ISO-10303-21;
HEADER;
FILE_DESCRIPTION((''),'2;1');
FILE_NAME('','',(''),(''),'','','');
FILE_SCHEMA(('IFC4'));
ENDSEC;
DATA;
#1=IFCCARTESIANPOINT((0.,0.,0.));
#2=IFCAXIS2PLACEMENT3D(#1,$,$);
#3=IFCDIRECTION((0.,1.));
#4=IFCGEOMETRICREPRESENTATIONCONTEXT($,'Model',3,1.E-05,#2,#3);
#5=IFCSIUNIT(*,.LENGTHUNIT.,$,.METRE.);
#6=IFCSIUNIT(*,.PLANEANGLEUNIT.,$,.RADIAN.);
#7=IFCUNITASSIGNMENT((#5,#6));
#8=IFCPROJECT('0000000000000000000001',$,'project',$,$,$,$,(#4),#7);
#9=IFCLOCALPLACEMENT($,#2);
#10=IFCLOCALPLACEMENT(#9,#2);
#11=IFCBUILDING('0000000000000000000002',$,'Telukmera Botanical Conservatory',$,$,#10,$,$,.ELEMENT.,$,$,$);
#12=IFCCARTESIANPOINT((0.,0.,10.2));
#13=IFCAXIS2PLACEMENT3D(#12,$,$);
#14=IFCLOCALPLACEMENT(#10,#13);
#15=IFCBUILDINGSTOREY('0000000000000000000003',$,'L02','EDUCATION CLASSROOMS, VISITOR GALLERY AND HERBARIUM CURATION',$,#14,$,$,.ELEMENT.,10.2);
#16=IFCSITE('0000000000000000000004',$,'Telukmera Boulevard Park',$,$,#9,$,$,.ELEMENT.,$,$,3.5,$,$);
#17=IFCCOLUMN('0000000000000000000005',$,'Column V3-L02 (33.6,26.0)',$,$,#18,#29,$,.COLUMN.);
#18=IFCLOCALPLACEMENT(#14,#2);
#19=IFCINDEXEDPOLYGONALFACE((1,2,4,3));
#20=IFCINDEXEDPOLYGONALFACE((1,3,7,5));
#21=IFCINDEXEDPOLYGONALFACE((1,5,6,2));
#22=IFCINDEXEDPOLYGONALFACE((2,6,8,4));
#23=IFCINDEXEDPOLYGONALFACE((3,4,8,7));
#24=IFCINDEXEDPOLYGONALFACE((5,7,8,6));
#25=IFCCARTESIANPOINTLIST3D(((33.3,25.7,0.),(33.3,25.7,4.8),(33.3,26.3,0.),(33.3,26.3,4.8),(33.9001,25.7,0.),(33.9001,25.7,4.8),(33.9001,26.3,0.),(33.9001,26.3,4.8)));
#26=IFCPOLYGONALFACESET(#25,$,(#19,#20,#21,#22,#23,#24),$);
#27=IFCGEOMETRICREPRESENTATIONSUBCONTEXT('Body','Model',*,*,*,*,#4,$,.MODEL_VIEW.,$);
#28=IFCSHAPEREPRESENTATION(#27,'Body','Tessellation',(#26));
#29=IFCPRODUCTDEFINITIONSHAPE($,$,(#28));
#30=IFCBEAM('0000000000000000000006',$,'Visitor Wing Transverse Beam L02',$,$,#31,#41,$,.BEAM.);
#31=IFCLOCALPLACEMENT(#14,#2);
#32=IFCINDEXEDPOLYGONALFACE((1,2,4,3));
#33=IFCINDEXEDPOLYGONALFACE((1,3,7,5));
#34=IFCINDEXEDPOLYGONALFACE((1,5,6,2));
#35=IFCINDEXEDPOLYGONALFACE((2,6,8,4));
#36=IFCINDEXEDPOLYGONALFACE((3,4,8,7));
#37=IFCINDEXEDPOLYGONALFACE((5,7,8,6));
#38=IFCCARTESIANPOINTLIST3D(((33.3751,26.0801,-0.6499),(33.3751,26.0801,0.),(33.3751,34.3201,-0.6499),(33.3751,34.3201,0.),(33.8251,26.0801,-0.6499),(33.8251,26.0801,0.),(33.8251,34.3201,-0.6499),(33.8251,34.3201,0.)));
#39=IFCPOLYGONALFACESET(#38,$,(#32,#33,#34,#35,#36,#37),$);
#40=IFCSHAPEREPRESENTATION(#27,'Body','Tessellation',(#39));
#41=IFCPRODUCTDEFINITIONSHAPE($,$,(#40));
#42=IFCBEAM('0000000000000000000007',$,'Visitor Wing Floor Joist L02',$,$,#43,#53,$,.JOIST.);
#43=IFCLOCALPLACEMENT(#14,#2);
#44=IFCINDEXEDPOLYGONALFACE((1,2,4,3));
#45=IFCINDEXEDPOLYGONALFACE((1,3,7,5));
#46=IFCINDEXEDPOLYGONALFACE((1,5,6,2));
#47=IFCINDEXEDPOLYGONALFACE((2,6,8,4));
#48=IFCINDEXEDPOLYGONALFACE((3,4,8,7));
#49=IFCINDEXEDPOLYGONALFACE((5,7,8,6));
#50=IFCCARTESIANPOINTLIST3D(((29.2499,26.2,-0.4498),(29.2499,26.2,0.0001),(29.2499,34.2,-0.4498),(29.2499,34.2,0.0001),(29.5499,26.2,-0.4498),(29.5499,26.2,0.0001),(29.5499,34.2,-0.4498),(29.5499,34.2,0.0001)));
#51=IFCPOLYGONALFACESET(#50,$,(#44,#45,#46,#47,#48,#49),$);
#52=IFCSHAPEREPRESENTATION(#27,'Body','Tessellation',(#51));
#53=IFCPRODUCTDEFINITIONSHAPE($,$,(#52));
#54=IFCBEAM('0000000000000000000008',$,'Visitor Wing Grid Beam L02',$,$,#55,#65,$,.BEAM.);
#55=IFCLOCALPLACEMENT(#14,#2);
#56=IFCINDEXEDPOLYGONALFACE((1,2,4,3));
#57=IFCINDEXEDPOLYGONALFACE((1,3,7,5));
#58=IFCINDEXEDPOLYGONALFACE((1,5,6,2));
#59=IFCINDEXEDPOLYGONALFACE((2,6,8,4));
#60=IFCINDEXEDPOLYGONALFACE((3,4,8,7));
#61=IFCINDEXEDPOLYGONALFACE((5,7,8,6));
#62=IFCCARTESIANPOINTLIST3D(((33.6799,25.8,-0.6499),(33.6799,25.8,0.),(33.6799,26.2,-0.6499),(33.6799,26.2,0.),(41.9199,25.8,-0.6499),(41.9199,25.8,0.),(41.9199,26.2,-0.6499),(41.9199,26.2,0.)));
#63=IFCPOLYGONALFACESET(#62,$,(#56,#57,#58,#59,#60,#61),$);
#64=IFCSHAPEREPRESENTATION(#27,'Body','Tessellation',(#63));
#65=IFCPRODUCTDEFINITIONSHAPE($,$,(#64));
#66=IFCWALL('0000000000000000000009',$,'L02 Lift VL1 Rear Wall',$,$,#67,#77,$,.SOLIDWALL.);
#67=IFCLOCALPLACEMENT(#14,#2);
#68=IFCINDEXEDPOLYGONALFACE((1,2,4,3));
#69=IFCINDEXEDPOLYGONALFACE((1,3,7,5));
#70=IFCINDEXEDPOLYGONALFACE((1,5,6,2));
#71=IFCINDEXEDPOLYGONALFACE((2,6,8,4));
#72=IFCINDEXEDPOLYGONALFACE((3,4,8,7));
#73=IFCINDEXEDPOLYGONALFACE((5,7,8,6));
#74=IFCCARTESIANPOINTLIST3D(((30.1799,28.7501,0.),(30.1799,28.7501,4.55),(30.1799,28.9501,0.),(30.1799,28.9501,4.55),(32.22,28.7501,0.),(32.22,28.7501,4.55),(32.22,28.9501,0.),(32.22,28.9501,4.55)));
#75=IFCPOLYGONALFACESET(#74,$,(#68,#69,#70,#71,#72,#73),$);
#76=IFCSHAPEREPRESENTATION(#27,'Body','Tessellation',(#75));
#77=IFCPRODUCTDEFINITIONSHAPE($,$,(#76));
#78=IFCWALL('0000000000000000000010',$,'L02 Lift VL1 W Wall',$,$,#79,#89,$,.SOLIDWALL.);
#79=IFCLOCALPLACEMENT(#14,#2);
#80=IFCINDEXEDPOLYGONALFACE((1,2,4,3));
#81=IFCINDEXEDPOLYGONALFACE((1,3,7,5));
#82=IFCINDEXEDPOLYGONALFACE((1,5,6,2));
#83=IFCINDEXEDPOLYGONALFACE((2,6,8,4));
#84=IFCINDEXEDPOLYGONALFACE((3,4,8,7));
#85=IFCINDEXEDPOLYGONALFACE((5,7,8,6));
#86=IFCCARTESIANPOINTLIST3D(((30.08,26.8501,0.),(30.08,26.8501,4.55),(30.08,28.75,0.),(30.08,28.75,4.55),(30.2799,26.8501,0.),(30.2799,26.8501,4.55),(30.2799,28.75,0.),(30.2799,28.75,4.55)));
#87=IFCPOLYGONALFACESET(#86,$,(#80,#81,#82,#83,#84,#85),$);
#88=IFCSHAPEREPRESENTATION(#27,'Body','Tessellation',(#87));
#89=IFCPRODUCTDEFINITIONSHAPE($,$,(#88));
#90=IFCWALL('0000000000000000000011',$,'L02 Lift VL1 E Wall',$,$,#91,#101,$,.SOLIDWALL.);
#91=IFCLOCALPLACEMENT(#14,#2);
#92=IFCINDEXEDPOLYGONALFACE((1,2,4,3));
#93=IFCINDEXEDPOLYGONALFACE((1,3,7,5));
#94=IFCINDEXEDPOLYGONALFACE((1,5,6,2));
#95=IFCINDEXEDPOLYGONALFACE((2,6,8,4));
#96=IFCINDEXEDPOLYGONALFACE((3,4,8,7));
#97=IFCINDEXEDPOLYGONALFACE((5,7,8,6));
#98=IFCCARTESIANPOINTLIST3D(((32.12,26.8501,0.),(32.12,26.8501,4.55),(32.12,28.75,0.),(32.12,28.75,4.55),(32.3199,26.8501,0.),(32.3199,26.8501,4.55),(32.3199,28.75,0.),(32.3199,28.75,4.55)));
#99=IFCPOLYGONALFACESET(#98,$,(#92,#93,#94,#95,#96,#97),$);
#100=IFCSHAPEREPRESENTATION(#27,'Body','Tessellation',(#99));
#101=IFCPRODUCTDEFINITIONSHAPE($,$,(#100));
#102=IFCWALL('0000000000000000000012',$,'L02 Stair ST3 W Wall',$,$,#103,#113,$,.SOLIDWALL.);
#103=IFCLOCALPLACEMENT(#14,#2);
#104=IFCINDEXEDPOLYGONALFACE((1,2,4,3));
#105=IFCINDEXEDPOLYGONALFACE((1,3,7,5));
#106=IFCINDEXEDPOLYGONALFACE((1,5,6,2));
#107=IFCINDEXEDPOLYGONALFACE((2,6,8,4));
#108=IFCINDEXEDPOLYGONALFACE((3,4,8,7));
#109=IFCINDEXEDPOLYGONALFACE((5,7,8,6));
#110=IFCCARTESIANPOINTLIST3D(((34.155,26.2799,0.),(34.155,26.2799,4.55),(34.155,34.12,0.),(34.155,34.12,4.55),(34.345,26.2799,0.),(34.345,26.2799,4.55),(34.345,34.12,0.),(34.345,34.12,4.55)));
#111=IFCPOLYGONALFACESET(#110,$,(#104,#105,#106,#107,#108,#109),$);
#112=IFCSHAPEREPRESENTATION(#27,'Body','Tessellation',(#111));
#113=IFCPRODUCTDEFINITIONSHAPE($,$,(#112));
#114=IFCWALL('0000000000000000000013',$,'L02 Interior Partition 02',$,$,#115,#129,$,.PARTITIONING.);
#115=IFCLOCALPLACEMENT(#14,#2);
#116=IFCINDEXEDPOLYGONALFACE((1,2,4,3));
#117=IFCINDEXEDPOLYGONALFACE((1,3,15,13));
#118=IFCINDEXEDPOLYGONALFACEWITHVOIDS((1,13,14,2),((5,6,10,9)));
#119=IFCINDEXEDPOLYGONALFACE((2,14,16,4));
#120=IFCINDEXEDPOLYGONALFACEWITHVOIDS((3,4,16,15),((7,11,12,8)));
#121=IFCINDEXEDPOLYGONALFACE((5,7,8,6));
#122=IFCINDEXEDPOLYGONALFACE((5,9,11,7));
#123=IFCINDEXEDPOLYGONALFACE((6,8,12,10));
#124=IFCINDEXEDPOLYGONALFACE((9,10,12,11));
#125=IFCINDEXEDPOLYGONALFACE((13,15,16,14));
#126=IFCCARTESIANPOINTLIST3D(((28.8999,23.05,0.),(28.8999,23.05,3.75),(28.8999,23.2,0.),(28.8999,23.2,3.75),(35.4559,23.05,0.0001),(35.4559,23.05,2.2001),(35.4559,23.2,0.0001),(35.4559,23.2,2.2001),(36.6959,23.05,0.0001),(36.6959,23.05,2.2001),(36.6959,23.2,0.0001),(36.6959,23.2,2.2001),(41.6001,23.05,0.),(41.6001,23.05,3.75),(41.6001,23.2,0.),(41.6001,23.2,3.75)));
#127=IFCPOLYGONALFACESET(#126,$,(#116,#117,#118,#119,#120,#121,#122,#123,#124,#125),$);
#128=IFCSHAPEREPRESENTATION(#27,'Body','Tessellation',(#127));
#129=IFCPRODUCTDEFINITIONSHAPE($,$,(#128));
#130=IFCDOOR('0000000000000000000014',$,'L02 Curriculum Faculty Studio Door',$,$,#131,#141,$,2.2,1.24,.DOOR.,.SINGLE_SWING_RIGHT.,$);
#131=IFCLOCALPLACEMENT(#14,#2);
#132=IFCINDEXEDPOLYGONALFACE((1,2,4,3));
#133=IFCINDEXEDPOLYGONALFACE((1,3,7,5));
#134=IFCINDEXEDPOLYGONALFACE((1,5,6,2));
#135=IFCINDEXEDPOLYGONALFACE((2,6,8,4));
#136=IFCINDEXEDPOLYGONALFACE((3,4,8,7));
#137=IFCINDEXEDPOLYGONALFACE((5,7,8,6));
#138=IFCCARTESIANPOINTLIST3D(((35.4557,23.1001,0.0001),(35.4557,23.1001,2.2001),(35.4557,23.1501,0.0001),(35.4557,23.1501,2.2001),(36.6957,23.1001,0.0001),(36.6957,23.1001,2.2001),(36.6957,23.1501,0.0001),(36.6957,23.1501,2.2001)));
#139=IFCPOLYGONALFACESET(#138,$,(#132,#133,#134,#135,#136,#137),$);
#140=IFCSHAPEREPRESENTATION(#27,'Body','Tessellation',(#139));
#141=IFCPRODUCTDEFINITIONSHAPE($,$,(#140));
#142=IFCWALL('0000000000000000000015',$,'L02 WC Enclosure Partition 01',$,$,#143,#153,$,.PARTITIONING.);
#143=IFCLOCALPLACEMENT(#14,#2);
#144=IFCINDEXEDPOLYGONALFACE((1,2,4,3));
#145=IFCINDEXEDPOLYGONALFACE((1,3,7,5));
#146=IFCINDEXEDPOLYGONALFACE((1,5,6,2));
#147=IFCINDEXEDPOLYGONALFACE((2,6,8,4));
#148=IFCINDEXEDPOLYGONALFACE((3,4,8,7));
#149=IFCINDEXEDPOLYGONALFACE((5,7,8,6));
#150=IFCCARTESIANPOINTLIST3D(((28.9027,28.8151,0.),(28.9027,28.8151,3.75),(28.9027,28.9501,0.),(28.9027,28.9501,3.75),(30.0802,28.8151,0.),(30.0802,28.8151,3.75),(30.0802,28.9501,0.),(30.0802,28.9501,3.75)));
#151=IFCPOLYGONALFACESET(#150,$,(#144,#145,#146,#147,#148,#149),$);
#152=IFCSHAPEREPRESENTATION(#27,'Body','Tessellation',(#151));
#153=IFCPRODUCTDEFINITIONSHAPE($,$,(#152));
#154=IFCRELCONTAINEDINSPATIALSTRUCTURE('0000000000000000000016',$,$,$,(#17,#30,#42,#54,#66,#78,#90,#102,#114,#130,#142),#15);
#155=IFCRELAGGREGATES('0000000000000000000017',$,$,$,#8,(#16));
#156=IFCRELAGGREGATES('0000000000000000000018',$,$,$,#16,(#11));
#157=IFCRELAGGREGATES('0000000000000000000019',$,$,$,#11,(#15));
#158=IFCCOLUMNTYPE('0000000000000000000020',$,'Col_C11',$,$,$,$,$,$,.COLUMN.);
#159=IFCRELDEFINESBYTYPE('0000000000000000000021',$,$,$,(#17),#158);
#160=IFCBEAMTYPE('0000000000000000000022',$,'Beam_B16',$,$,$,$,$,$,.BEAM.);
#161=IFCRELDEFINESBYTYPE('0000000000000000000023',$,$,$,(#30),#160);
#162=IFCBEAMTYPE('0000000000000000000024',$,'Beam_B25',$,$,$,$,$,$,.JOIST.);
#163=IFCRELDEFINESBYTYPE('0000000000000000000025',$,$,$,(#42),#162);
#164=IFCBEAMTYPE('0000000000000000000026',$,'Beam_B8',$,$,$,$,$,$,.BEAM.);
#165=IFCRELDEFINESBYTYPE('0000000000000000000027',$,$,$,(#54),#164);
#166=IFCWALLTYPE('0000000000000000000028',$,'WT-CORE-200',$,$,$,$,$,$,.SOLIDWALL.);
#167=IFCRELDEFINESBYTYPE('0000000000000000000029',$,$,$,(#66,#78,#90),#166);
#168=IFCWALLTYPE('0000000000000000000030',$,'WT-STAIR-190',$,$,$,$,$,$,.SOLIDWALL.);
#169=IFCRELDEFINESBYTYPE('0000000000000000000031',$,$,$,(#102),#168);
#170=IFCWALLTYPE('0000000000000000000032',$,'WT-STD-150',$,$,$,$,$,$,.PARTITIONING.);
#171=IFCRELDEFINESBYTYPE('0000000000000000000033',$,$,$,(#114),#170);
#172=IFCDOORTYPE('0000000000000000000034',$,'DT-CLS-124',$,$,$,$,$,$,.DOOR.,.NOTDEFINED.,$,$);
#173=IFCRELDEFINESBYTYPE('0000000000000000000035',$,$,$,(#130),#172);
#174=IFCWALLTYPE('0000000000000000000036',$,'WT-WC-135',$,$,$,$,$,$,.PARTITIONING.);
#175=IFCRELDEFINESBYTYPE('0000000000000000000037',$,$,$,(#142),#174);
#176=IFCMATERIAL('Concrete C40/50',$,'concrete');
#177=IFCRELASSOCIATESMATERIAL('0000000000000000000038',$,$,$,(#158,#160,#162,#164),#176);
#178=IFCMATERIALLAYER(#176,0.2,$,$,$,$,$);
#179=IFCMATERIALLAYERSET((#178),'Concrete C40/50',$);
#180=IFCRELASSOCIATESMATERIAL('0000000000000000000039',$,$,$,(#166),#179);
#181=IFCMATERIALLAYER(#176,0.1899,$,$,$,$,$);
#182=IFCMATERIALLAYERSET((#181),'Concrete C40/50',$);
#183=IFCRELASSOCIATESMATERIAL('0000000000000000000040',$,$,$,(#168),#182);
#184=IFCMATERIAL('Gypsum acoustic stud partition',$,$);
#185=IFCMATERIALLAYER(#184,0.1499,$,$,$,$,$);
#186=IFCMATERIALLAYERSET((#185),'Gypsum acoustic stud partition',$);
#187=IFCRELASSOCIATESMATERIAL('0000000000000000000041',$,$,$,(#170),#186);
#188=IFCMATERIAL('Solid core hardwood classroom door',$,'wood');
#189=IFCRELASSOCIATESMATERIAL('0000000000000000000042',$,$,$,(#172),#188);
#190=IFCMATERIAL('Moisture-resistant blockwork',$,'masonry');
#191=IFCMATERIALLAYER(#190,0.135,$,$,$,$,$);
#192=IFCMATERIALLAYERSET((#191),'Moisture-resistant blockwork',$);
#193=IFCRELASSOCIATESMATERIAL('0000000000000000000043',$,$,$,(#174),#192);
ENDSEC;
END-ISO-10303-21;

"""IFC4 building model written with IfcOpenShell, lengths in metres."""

from ifc_helpers import new_model, si_unit, direction, frame, frame_2d, origin, origin_2d, place, context, subcontext, project, spatial, rectangle, extrude, material, layer, layer_set, material_profile, profile_set, type_object, element, fill, save


model = new_model("IFC4")

# Units and contexts
model_context = context("Model", 3, precision=1e-05, world=origin(), true_north=direction((0.0, 1.0)))
body_context = subcontext(model_context, "Body", "Model", "MODEL_VIEW")
ifc_project = project(units=[si_unit("LENGTHUNIT", "METRE"), si_unit("PLANEANGLEUNIT", "RADIAN")], contexts=[model_context])

# Site, building, storey
site_placement = place(None, origin())
site = spatial("IfcSite", under=ifc_project, at=site_placement, Name="Telukmera Boulevard Park", CompositionType="ELEMENT", RefElevation=3.5)
building_placement = place(site_placement, origin())
building = spatial("IfcBuilding", under=site, at=building_placement, Name="Telukmera Botanical Conservatory", CompositionType="ELEMENT")
storey_placement = place(building_placement, frame((0.0, 0.0, 10.2)))
storey = spatial("IfcBuildingStorey", under=building, at=storey_placement, Name="L02", Description="EDUCATION CLASSROOMS, VISITOR GALLERY AND HERBARIUM CURATION", CompositionType="ELEMENT", Elevation=10.2)

# Column
ifc_material_1 = material(Name="Concrete C40/50", Category="concrete")
ifc_material_profile_1 = material_profile(ifc_material_1, rectangle(XDim=0.6001, YDim=0.6001, at=origin_2d()), Name="RC 600x600")
ifc_profile_set_1 = profile_set([ifc_material_profile_1], Name="Concrete C40/50")
column_type = type_object("IfcColumnType", Name="Col_C11", PredefinedType="COLUMN", material=ifc_profile_set_1)
column_placement = place(storey_placement, frame((33.6001, 26.0, 0.0), z_axis=(0.0, 0.0, 1.0), x_axis=(1.0, 0.0, 0.0)))
element("IfcColumn", 1, at=column_placement, inside=storey, type_object=column_type, Name="Column V3-L02 (33.6,26.0)", PredefinedType="COLUMN", context=body_context, shape_type="SweptSolid", body=[
    extrude(rectangle(XDim=0.6001, YDim=0.6001, at=origin_2d()), origin(), (0.0, 0.0, 1.0), 4.8),
])

# Beams
ifc_material_profile_2 = material_profile(ifc_material_1, rectangle(XDim=0.45, YDim=0.6499, at=origin_2d()), Name="RC 450x650")
ifc_profile_set_2 = profile_set([ifc_material_profile_2], Name="Concrete C40/50")
beam_type_1 = type_object("IfcBeamType", Name="Beam_B16", PredefinedType="BEAM", material=ifc_profile_set_2)
beam_1_placement = place(storey_placement, frame((33.6001, 26.0801, -0.325), z_axis=(0.0, 1.0, 0.0), x_axis=(-1.0, 0.0, 0.0)))
element("IfcBeam", 2, at=beam_1_placement, inside=storey, type_object=beam_type_1, Name="Visitor Wing Transverse Beam L02", PredefinedType="BEAM", context=body_context, shape_type="SweptSolid", body=[
    extrude(rectangle(XDim=0.45, YDim=0.6499, at=origin_2d()), origin(), (0.0, 0.0, 1.0), 8.24),
])
ifc_material_profile_3 = material_profile(ifc_material_1, rectangle(XDim=0.3, YDim=0.45, at=origin_2d()), Name="RC 300x450")
ifc_profile_set_3 = profile_set([ifc_material_profile_3], Name="Concrete C40/50")
beam_type_2 = type_object("IfcBeamType", Name="Beam_B25", PredefinedType="JOIST", material=ifc_profile_set_3)
beam_2_placement = place(storey_placement, frame((29.3999, 26.2, -0.2249), z_axis=(0.0, 1.0, 0.0), x_axis=(-1.0, 0.0, 0.0)))
element("IfcBeam", 3, at=beam_2_placement, inside=storey, type_object=beam_type_2, Name="Visitor Wing Floor Joist L02", PredefinedType="JOIST", context=body_context, shape_type="SweptSolid", body=[
    extrude(rectangle(XDim=0.3, YDim=0.45, at=origin_2d()), origin(), (0.0, 0.0, 1.0), 8.0),
])
ifc_material_profile_4 = material_profile(ifc_material_1, rectangle(XDim=0.3999, YDim=0.6499, at=origin_2d()), Name="RC 400x650")
ifc_profile_set_4 = profile_set([ifc_material_profile_4], Name="Concrete C40/50")
beam_type_3 = type_object("IfcBeamType", Name="Beam_B8", PredefinedType="BEAM", material=ifc_profile_set_4)
beam_3_placement = place(storey_placement, frame((33.6799, 26.0, -0.325), z_axis=(1.0, 0.0, 0.0), x_axis=(0.0, 1.0, 0.0)))
element("IfcBeam", 4, at=beam_3_placement, inside=storey, type_object=beam_type_3, Name="Visitor Wing Grid Beam L02", PredefinedType="BEAM", context=body_context, shape_type="SweptSolid", body=[
    extrude(rectangle(XDim=0.3999, YDim=0.6499, at=origin_2d()), origin(), (0.0, 0.0, 1.0), 8.24),
])

# Shared definitions
ifc_layer_1 = layer(ifc_material_1, 0.2)
ifc_layer_set_1 = layer_set([ifc_layer_1], Name="Concrete C40/50")
wall_type_1 = type_object("IfcWallType", Name="WT-CORE-200", PredefinedType="SOLIDWALL", material=ifc_layer_set_1)

# Walls
wall_1_placement = place(storey_placement, frame((30.1799, 28.8501, 0.0), z_axis=(0.0, 0.0, 1.0), x_axis=(1.0, 0.0, 0.0)))
element("IfcWall", 5, at=wall_1_placement, inside=storey, type_object=wall_type_1, Name="L02 Lift VL1 Rear Wall", PredefinedType="SOLIDWALL", context=body_context, shape_type="SweptSolid", body=[
    extrude(rectangle(XDim=2.04, YDim=0.2, at=frame_2d((1.02, 0.0))), origin(), (0.0, 0.0, 1.0), 4.55),
])
for number, where, z_axis, x_axis, name in (
    (6, (30.1799, 26.8501, 0.0), (0.0, 0.0, 1.0), (0.0, 1.0, 0.0), "L02 Lift VL1 W Wall"),
    (7, (32.22, 26.8501, 0.0), (0.0, 0.0, 1.0), (0.0, 1.0, 0.0), "L02 Lift VL1 E Wall"),
):
    element("IfcWall", number, at=place(storey_placement, frame(where, z_axis=z_axis, x_axis=x_axis)), inside=storey, type_object=wall_type_1, Name=name, PredefinedType="SOLIDWALL", context=body_context, shape_type="SweptSolid", body=[
        extrude(rectangle(XDim=1.8999, YDim=0.2, at=frame_2d((0.95, 0.0))), origin(), (0.0, 0.0, 1.0), 4.55),
    ])

# Shared definitions
ifc_layer_2 = layer(ifc_material_1, 0.1899)
ifc_layer_set_2 = layer_set([ifc_layer_2], Name="Concrete C40/50")
wall_type_2 = type_object("IfcWallType", Name="WT-STAIR-190", PredefinedType="SOLIDWALL", material=ifc_layer_set_2)

# Wall
wall_2_placement = place(storey_placement, frame((34.25, 26.28, 0.0), z_axis=(0.0, 0.0, 1.0), x_axis=(0.0, 1.0, 0.0)))
element("IfcWall", 8, at=wall_2_placement, inside=storey, type_object=wall_type_2, Name="L02 Stair ST3 W Wall", PredefinedType="SOLIDWALL", context=body_context, shape_type="SweptSolid", body=[
    extrude(rectangle(XDim=7.8401, YDim=0.1899, at=frame_2d((3.9199, 0.0))), origin(), (0.0, 0.0, 1.0), 4.55),
])

# Wall, opening, door
ifc_material_2 = material(Name="Gypsum acoustic stud partition")
ifc_layer_3 = layer(ifc_material_2, 0.1499)
ifc_layer_set_3 = layer_set([ifc_layer_3], Name="Gypsum acoustic stud partition")
wall_type_3 = type_object("IfcWallType", Name="WT-STD-150", PredefinedType="PARTITIONING", material=ifc_layer_set_3)
wall_3_placement = place(storey_placement, frame((28.8999, 23.125, 0.0), z_axis=(0.0, 0.0, 1.0), x_axis=(1.0, 0.0, 0.0)))
wall_3 = element("IfcWall", 9, at=wall_3_placement, inside=storey, type_object=wall_type_3, Name="L02 Interior Partition 02", PredefinedType="PARTITIONING", context=body_context, shape_type="SweptSolid", body=[
    extrude(rectangle(XDim=12.7002, YDim=0.1499, at=frame_2d((6.3501, 0.0))), origin(), (0.0, 0.0, 1.0), 3.75),
])
opening_1_placement = place(wall_3_placement, frame((6.5559, 0.0, 0.0)))
opening_1 = element("IfcOpeningElement", 10, at=opening_1_placement, cuts=wall_3, PredefinedType="OPENING", context=body_context, shape_type="SweptSolid", body=[
    extrude(rectangle(XDim=1.24, YDim=2.2, at=frame_2d((0.6201, 1.1001))), frame((0.0, 0.085, 0.0), z_axis=(0.0, -1.0, 0.0), x_axis=(1.0, 0.0, 0.0)), (0.0, 0.0, 1.0), 0.1699),
])
ifc_material_3 = material(Name="Solid core hardwood classroom door", Category="wood")
door_type_1 = type_object("IfcDoorType", Name="DT-CLS-124", OperationType="NOTDEFINED", PredefinedType="DOOR", material=ifc_material_3)
door_1_placement = place(opening_1_placement, frame((1.24, 0.0, 0.0), z_axis=(0.0, 0.0, 1.0), x_axis=(-1.0, 0.0, 0.0)))
door_1 = element("IfcDoor", 11, at=door_1_placement, inside=storey, type_object=door_type_1, Name="L02 Curriculum Faculty Studio Door", OperationType="SINGLE_SWING_RIGHT", OverallHeight=2.2, OverallWidth=1.24, PredefinedType="DOOR", context=body_context, shape_type="SweptSolid", body=[
    extrude(rectangle(XDim=1.24, YDim=2.2, at=frame_2d((0.6201, 1.1001))), frame((0.0, 0.0249, 0.0), z_axis=(0.0, -1.0, 0.0), x_axis=(1.0, 0.0, 0.0)), (0.0, 0.0, 1.0), 0.05),
])
fill(opening_1, door_1)

# Wall
ifc_material_4 = material(Name="Moisture-resistant blockwork", Category="masonry")
ifc_layer_4 = layer(ifc_material_4, 0.135)
ifc_layer_set_4 = layer_set([ifc_layer_4], Name="Moisture-resistant blockwork")
wall_type_4 = type_object("IfcWallType", Name="WT-WC-135", PredefinedType="PARTITIONING", material=ifc_layer_set_4)
wall_4_placement = place(storey_placement, frame((28.9026, 28.8826, 0.0), z_axis=(0.0, 0.0, 1.0), x_axis=(1.0, 0.0, 0.0)))
element("IfcWall", 12, at=wall_4_placement, inside=storey, type_object=wall_type_4, Name="L02 WC Enclosure Partition 01", PredefinedType="PARTITIONING", context=body_context, shape_type="SweptSolid", body=[
    extrude(rectangle(XDim=1.1775, YDim=0.135, at=frame_2d((0.5889, 0.0))), origin(), (0.0, 0.0, 1.0), 3.75),
])

save(model, "model.ifc")
